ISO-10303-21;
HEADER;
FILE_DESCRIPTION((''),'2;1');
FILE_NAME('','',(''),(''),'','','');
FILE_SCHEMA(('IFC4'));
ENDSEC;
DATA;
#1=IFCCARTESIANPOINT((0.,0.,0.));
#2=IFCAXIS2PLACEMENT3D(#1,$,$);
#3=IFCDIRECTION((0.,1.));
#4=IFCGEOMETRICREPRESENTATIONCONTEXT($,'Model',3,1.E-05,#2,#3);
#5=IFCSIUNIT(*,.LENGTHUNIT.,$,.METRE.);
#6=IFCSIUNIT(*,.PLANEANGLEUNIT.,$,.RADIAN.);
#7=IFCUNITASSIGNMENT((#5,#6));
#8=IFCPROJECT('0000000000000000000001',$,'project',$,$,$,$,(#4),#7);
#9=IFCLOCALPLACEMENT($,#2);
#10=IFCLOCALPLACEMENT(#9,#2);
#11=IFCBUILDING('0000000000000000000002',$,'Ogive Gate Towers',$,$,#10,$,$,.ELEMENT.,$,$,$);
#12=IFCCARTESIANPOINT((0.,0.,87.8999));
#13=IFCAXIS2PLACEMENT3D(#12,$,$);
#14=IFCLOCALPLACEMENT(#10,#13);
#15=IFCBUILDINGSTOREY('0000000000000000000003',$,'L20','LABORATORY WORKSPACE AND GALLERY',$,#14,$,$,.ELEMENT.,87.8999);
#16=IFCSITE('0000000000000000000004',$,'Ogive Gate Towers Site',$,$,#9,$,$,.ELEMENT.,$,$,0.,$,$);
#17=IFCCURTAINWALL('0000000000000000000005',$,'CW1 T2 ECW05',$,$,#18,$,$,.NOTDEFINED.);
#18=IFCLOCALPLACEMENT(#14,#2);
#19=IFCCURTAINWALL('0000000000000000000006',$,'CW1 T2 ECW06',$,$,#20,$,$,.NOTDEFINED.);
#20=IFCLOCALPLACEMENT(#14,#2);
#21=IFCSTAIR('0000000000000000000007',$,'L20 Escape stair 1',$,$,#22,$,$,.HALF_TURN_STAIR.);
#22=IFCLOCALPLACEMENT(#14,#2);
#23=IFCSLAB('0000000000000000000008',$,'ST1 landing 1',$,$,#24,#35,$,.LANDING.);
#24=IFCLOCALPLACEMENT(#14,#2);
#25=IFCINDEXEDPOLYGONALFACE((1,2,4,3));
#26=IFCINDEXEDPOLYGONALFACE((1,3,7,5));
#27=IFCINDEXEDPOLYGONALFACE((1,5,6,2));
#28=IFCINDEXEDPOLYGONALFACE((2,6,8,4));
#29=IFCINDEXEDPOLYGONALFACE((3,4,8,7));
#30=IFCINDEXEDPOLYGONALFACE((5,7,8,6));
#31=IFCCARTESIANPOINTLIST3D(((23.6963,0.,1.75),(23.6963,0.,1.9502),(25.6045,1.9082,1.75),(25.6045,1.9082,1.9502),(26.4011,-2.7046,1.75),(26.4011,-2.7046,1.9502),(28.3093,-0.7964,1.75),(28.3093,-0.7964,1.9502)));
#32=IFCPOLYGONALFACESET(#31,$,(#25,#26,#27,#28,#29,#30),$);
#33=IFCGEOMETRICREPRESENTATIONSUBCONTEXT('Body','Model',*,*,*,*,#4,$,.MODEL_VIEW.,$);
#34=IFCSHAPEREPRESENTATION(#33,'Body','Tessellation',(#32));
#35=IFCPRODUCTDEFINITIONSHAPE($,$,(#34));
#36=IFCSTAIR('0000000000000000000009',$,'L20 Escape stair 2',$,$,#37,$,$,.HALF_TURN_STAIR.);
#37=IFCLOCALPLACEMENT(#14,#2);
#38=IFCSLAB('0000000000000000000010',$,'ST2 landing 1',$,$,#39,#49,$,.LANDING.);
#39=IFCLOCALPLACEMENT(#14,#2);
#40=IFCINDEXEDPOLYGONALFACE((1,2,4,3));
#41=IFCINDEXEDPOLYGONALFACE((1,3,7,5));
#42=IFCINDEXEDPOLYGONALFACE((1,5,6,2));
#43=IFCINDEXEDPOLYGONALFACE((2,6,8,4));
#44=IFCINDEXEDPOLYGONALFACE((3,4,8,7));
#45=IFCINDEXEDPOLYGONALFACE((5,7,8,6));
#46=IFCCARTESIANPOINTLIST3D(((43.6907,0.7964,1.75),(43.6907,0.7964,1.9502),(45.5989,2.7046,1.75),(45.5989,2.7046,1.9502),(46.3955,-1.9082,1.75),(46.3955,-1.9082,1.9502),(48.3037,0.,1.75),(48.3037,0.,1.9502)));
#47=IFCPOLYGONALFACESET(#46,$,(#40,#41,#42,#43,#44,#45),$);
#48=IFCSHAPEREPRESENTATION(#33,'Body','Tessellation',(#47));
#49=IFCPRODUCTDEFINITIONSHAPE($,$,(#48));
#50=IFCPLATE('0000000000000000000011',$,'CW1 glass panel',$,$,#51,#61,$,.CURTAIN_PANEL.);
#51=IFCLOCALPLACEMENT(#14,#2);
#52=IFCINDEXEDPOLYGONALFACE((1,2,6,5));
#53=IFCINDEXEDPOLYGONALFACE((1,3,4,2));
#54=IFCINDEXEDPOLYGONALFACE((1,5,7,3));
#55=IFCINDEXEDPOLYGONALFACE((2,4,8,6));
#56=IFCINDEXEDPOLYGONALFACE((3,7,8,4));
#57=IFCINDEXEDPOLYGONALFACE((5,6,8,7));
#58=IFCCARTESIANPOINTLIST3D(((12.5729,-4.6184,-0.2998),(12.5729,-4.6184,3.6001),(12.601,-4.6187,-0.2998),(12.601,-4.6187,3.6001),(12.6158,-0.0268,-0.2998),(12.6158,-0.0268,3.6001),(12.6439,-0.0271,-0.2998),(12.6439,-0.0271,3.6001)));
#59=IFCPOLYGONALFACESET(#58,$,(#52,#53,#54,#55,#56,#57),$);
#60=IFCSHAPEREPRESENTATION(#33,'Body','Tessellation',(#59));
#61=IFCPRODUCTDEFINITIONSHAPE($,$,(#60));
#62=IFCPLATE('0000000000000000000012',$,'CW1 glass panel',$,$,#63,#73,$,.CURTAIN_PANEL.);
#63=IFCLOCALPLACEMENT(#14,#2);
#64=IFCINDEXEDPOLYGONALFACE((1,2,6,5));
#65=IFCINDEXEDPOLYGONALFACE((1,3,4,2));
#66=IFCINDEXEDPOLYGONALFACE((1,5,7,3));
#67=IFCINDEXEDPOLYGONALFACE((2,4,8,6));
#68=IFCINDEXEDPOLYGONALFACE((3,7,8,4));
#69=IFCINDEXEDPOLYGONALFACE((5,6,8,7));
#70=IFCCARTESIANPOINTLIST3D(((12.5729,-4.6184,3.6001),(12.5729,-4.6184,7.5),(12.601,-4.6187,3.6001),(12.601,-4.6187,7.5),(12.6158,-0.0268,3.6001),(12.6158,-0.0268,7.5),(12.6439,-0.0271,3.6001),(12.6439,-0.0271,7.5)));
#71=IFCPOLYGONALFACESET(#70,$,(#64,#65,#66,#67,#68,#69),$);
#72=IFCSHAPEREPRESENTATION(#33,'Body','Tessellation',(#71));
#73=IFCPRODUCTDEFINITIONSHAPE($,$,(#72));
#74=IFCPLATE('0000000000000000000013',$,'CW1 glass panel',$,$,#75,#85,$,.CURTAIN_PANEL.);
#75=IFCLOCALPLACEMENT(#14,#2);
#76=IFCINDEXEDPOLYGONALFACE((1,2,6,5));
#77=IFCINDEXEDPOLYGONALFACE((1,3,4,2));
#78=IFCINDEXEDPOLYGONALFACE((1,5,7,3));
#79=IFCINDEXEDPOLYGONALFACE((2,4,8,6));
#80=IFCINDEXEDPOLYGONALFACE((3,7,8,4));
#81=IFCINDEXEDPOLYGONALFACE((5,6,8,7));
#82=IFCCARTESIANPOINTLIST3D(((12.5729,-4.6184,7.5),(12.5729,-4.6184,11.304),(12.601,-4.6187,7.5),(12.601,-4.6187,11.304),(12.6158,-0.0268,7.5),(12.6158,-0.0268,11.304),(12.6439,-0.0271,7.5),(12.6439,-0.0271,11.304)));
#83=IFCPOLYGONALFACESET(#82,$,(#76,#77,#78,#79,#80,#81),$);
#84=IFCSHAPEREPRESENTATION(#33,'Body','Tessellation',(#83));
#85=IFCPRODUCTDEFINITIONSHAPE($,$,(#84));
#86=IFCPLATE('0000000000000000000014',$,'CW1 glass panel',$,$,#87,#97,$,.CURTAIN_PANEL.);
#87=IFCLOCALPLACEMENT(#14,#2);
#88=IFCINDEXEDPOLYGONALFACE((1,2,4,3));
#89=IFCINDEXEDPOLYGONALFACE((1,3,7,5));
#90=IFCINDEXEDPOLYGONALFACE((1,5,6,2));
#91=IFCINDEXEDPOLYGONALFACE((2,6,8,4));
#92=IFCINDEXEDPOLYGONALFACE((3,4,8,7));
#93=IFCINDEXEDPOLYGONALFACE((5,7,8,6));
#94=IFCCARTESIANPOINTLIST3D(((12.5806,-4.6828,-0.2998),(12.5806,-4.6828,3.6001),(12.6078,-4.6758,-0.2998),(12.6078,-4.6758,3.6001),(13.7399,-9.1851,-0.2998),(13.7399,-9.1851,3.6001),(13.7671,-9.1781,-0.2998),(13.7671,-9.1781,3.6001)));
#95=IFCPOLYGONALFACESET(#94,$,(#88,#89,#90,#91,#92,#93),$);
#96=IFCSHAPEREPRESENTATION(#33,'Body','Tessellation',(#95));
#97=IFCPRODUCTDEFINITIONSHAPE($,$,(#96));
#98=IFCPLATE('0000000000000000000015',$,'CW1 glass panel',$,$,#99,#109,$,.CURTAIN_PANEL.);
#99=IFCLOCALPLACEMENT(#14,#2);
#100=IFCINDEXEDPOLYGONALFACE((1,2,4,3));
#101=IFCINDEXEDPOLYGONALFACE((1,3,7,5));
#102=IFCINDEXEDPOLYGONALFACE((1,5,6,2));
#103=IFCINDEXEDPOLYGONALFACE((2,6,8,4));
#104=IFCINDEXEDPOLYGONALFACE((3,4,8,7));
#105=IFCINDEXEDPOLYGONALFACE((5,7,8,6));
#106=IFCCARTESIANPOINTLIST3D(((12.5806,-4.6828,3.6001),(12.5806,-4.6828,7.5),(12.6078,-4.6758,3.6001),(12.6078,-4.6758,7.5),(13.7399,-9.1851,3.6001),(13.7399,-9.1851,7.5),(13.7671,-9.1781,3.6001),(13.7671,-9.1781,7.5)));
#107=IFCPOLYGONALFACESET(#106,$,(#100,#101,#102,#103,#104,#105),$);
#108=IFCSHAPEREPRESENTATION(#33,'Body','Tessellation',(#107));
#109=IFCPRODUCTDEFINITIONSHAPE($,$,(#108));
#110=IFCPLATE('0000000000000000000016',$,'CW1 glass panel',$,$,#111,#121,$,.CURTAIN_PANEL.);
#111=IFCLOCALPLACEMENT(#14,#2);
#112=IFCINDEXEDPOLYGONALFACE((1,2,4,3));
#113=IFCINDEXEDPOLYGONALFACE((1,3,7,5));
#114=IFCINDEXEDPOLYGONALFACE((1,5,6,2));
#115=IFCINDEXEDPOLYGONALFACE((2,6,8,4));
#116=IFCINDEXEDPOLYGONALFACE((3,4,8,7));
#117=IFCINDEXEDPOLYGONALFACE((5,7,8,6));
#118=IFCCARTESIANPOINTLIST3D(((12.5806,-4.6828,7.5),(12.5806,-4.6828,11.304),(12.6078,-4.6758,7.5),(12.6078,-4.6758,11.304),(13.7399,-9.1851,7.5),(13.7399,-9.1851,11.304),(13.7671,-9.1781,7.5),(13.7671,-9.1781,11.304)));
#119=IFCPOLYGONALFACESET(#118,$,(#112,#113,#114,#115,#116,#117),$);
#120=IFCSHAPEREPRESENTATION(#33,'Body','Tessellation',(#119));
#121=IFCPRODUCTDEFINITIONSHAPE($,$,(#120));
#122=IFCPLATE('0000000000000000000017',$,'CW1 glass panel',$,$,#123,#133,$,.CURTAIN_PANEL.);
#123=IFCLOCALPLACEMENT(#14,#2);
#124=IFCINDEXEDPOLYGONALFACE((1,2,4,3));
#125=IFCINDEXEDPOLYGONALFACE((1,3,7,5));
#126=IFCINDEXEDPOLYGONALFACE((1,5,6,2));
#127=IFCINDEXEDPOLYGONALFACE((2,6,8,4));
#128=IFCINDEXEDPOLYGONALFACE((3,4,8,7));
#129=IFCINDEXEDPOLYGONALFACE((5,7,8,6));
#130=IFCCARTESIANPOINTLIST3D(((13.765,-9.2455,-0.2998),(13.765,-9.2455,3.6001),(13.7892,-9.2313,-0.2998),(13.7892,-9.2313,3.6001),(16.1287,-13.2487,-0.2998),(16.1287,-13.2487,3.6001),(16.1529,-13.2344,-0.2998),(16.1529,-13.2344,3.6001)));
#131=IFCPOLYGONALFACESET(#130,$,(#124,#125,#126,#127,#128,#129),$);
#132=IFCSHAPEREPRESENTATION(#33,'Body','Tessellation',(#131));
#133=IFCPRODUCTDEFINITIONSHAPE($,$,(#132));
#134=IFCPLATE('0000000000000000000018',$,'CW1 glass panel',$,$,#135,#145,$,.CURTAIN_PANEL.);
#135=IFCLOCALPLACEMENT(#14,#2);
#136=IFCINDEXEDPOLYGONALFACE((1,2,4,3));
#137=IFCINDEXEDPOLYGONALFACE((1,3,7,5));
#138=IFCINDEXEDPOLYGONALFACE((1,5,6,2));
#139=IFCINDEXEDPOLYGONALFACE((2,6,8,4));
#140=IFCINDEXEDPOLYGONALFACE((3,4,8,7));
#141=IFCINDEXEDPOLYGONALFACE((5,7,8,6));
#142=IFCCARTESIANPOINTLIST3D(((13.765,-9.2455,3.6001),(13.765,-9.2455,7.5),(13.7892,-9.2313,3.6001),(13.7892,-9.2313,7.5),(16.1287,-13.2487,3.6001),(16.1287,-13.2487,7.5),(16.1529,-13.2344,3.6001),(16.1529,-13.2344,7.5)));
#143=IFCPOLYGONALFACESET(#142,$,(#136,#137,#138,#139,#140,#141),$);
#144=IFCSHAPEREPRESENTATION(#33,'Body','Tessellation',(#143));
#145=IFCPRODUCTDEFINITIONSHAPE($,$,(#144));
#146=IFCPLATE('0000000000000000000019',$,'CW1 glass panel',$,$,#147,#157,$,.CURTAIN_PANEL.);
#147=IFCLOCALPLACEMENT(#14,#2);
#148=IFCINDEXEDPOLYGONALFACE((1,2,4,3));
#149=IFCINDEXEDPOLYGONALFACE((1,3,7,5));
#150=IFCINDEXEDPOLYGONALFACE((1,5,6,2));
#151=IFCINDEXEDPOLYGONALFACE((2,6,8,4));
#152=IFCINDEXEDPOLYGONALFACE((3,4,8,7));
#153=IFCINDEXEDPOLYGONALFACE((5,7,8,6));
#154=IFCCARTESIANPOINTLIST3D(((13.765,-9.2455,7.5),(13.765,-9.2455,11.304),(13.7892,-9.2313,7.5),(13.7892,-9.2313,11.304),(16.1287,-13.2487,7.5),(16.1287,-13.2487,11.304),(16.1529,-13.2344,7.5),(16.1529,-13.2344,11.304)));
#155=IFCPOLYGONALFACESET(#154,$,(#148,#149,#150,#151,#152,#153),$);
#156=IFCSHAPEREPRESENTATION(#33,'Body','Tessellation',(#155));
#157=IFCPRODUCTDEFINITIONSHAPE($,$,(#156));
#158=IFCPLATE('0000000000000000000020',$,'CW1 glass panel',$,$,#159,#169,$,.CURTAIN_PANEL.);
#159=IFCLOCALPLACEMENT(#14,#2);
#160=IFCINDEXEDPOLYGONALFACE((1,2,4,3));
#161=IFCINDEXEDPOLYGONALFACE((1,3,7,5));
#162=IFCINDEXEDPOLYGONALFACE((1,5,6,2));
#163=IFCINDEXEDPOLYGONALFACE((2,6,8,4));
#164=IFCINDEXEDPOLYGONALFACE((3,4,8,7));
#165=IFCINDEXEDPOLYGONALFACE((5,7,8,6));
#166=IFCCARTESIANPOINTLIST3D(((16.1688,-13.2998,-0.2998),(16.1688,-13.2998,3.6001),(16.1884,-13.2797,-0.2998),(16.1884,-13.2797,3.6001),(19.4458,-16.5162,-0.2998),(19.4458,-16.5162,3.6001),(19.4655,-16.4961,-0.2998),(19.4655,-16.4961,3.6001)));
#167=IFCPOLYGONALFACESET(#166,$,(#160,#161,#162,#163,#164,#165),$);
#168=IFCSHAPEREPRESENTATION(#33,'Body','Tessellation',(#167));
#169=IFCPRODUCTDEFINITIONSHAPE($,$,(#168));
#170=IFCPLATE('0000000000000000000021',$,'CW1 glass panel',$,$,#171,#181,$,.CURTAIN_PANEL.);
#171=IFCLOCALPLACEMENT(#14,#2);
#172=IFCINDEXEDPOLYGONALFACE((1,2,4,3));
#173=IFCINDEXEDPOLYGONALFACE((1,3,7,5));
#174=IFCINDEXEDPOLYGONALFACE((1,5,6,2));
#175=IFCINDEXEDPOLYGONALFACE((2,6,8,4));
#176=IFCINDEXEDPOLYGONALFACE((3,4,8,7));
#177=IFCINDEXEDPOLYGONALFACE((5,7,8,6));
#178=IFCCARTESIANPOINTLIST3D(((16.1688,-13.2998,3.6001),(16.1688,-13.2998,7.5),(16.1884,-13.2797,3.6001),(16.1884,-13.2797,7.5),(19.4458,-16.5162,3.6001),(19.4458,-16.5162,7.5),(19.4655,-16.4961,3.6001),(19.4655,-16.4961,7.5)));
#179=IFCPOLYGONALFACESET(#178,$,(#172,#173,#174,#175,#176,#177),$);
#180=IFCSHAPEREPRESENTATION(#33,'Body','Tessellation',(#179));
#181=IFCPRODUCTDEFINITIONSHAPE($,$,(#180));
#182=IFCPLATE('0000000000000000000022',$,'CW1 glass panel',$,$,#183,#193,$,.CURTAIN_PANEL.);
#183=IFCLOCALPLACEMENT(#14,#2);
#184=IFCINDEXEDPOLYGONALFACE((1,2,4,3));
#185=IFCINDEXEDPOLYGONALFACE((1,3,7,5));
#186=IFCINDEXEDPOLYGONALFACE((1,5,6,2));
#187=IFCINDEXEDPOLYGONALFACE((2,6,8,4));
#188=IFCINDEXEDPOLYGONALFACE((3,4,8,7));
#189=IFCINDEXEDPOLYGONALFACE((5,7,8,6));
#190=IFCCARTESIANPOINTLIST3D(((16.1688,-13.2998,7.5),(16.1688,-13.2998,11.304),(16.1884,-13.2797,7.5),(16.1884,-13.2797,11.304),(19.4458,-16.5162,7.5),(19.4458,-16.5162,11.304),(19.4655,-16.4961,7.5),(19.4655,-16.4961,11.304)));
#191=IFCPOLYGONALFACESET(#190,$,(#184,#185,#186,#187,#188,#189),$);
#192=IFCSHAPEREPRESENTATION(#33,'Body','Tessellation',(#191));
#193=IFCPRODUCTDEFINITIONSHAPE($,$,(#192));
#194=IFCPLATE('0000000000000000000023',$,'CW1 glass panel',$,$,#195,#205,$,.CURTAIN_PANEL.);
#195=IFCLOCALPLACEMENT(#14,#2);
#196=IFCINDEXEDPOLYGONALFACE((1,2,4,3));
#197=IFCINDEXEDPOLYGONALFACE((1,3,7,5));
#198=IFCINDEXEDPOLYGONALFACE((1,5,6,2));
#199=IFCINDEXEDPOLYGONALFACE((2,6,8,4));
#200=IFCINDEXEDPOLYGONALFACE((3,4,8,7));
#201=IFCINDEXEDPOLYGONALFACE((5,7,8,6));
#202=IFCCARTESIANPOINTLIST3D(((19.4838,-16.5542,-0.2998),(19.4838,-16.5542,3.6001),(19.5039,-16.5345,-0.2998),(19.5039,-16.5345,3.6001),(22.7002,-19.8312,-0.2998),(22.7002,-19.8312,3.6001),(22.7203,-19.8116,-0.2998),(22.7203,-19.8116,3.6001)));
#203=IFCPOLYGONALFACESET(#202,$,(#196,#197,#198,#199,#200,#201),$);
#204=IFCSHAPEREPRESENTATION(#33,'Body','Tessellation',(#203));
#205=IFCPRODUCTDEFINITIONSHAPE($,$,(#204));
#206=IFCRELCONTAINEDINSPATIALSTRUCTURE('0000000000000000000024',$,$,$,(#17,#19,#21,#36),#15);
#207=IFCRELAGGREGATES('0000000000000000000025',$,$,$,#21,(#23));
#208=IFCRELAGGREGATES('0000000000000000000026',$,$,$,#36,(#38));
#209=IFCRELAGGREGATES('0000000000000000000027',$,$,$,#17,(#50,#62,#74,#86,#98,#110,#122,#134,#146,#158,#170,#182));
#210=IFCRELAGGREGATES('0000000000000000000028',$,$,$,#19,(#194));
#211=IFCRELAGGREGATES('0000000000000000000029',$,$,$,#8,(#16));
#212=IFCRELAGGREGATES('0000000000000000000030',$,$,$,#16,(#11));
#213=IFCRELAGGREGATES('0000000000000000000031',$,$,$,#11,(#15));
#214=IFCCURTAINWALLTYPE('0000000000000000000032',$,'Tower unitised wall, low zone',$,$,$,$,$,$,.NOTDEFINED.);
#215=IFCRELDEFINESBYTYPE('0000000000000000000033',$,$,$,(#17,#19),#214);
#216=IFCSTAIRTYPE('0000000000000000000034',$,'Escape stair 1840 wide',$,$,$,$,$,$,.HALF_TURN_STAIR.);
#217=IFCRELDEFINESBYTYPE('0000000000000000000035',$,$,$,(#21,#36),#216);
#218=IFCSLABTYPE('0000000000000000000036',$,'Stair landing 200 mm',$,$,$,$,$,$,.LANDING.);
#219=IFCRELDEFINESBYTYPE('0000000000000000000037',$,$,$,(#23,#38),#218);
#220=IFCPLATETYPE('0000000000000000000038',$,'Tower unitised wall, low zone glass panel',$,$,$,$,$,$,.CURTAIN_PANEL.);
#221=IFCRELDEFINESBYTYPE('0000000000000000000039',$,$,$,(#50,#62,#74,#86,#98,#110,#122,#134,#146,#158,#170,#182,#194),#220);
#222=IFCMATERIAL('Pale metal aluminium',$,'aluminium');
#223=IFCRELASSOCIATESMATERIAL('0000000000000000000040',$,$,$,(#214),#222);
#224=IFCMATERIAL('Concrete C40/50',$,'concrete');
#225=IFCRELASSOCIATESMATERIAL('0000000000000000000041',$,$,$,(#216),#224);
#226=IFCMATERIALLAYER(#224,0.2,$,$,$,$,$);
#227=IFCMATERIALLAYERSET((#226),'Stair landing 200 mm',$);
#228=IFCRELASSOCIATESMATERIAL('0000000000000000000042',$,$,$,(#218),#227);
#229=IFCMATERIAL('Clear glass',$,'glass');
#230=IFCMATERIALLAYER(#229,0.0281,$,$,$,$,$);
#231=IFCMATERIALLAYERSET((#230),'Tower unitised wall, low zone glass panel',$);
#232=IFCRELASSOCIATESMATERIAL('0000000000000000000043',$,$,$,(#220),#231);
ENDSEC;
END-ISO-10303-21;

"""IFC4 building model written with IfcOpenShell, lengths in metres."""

from ifc_helpers import new_model, si_unit, direction, frame, origin, origin_2d, place, context, subcontext, project, spatial, polyline, rectangle, outline, extrude, material, layer, layer_set, type_object, element, aggregate, save


model = new_model("IFC4")

# Units and contexts
model_context = context("Model", 3, precision=1e-05, world=origin(), true_north=direction((0.0, 1.0)))
body_context = subcontext(model_context, "Body", "Model", "MODEL_VIEW")
ifc_project = project(units=[si_unit("LENGTHUNIT", "METRE"), si_unit("PLANEANGLEUNIT", "RADIAN")], contexts=[model_context])

# Site, building, storey
site_placement = place(None, origin())
site = spatial("IfcSite", under=ifc_project, at=site_placement, Name="Ogive Gate Towers Site", CompositionType="ELEMENT", RefElevation=0.0)
building_placement = place(site_placement, origin())
building = spatial("IfcBuilding", under=site, at=building_placement, Name="Ogive Gate Towers", CompositionType="ELEMENT")
storey_placement = place(building_placement, frame((0.0, 0.0, 87.8999)))
storey = spatial("IfcBuildingStorey", under=building, at=storey_placement, Name="L20", Description="LABORATORY WORKSPACE AND GALLERY", CompositionType="ELEMENT", Elevation=87.8999)

# Curtain wall
ifc_material_1 = material(Name="Pale metal aluminium", Category="aluminium")
curtain_wall_type = type_object("IfcCurtainWallType", Name="Tower unitised wall, low zone", PredefinedType="NOTDEFINED", material=ifc_material_1)
curtain_wall_1_placement = place(storey_placement, origin())
curtain_wall_1 = element("IfcCurtainWall", 1, at=curtain_wall_1_placement, inside=storey, type_object=curtain_wall_type, Name="CW1 T2 ECW05", PredefinedType="NOTDEFINED")

# Curtain wall
curtain_wall_2_placement = place(storey_placement, origin())
curtain_wall_2 = element("IfcCurtainWall", 2, at=curtain_wall_2_placement, inside=storey, type_object=curtain_wall_type, Name="CW1 T2 ECW06", PredefinedType="NOTDEFINED")

# Stairs, slabs
ifc_material_2 = material(Name="Concrete C40/50", Category="concrete")
stair_type = type_object("IfcStairType", Name="Escape stair 1840 wide", PredefinedType="HALF_TURN_STAIR", material=ifc_material_2)
ifc_layer_1 = layer(ifc_material_2, 0.2)
ifc_layer_set_1 = layer_set([ifc_layer_1], Name="Stair landing 200 mm")
slab_type = type_object("IfcSlabType", Name="Stair landing 200 mm", PredefinedType="LANDING", material=ifc_layer_set_1)
stair_1_placement = place(storey_placement, origin())
stair_1 = element("IfcStair", 3, at=stair_1_placement, inside=storey, type_object=stair_type, Name="L20 Escape stair 1", PredefinedType="HALF_TURN_STAIR")
slab_1_placement = place(storey_placement, frame((0.0, 0.0, 1.75)))
slab_1 = element("IfcSlab", 4, at=slab_1_placement, type_object=slab_type, Name="ST1 landing 1", PredefinedType="LANDING", context=body_context, shape_type="SweptSolid", body=[
    extrude(outline(polyline([(25.6045, 1.9082), (23.6963, 0.0), (26.4011, -2.7046), (28.3093, -0.7964), (25.6045, 1.9082)])), origin(), (0.0, 0.0, 1.0), 0.2002),
])
aggregate(stair_1, [slab_1])
stair_2_placement = place(storey_placement, origin())
stair_2 = element("IfcStair", 5, at=stair_2_placement, inside=storey, type_object=stair_type, Name="L20 Escape stair 2", PredefinedType="HALF_TURN_STAIR")
slab_2_placement = place(storey_placement, frame((0.0, 0.0, 1.75)))
slab_2 = element("IfcSlab", 6, at=slab_2_placement, type_object=slab_type, Name="ST2 landing 1", PredefinedType="LANDING", context=body_context, shape_type="SweptSolid", body=[
    extrude(outline(polyline([(46.3955, -1.9082), (48.3037, 0.0), (45.5989, 2.7046), (43.6907, 0.7964), (46.3955, -1.9082)])), origin(), (0.0, 0.0, 1.0), 0.2002),
])
aggregate(stair_2, [slab_2])

# Plates
ifc_material_3 = material(Name="Clear glass", Category="glass")
ifc_layer_2 = layer(ifc_material_3, 0.0281)
ifc_layer_set_2 = layer_set([ifc_layer_2], Name="Tower unitised wall, low zone glass panel")
plate_type = type_object("IfcPlateType", Name="Tower unitised wall, low zone glass panel", PredefinedType="CURTAIN_PANEL", material=ifc_layer_set_2)
plate_1_placement = place(storey_placement, frame((12.6084, -2.3228, -0.2998), z_axis=(0.0, 0.0, 1.0), x_axis=(-0.009337, -0.999956, 0.0)))
plate_1 = element("IfcPlate", 7, at=plate_1_placement, type_object=plate_type, Name="CW1 glass panel", PredefinedType="CURTAIN_PANEL", context=body_context, shape_type="SweptSolid", body=[
    extrude(rectangle(XDim=4.5918, YDim=0.0281, at=origin_2d()), origin(), (0.0, 0.0, 1.0), 3.8999),
])
plate_2_placement = place(storey_placement, frame((12.6084, -2.3228, 3.6001), z_axis=(0.0, 0.0, 1.0), x_axis=(-0.009337, -0.999956, 0.0)))
plate_2 = element("IfcPlate", 8, at=plate_2_placement, type_object=plate_type, Name="CW1 glass panel", PredefinedType="CURTAIN_PANEL", context=body_context, shape_type="SweptSolid", body=[
    extrude(rectangle(XDim=4.5918, YDim=0.0281, at=origin_2d()), origin(), (0.0, 0.0, 1.0), 3.8999),
])
plate_3_placement = place(storey_placement, frame((12.6084, -2.3228, 7.5), z_axis=(0.0, 0.0, 1.0), x_axis=(-0.009337, -0.999956, 0.0)))
plate_3 = element("IfcPlate", 9, at=plate_3_placement, type_object=plate_type, Name="CW1 glass panel", PredefinedType="CURTAIN_PANEL", context=body_context, shape_type="SweptSolid", body=[
    extrude(rectangle(XDim=4.5918, YDim=0.0281, at=origin_2d()), origin(), (0.0, 0.0, 1.0), 3.804),
])
plate_4_placement = place(storey_placement, frame((13.1738, -6.9304, -0.2998), z_axis=(0.0, 0.0, 1.0), x_axis=(0.249349, -0.968414, 0.0)))
plate_4 = element("IfcPlate", 10, at=plate_4_placement, type_object=plate_type, Name="CW1 glass panel", PredefinedType="CURTAIN_PANEL", context=body_context, shape_type="SweptSolid", body=[
    extrude(rectangle(XDim=4.6492, YDim=0.0281, at=origin_2d()), origin(), (0.0, 0.0, 1.0), 3.8999),
])
plate_5_placement = place(storey_placement, frame((13.1738, -6.9304, 3.6001), z_axis=(0.0, 0.0, 1.0), x_axis=(0.249349, -0.968414, 0.0)))
plate_5 = element("IfcPlate", 11, at=plate_5_placement, type_object=plate_type, Name="CW1 glass panel", PredefinedType="CURTAIN_PANEL", context=body_context, shape_type="SweptSolid", body=[
    extrude(rectangle(XDim=4.6492, YDim=0.0281, at=origin_2d()), origin(), (0.0, 0.0, 1.0), 3.8999),
])
plate_6_placement = place(storey_placement, frame((13.1738, -6.9304, 7.5), z_axis=(0.0, 0.0, 1.0), x_axis=(0.249349, -0.968414, 0.0)))
plate_6 = element("IfcPlate", 12, at=plate_6_placement, type_object=plate_type, Name="CW1 glass panel", PredefinedType="CURTAIN_PANEL", context=body_context, shape_type="SweptSolid", body=[
    extrude(rectangle(XDim=4.6492, YDim=0.0281, at=origin_2d()), origin(), (0.0, 0.0, 1.0), 3.804),
])
plate_7_placement = place(storey_placement, frame((14.959, -11.24, -0.2998), z_axis=(0.0, 0.0, 1.0), x_axis=(0.50844, -0.861097, 0.0)))
plate_7 = element("IfcPlate", 13, at=plate_7_placement, type_object=plate_type, Name="CW1 glass panel", PredefinedType="CURTAIN_PANEL", context=body_context, shape_type="SweptSolid", body=[
    extrude(rectangle(XDim=4.6489, YDim=0.0281, at=origin_2d()), origin(), (0.0, 0.0, 1.0), 3.8999),
])
plate_8_placement = place(storey_placement, frame((14.959, -11.24, 3.6001), z_axis=(0.0, 0.0, 1.0), x_axis=(0.50844, -0.861097, 0.0)))
plate_8 = element("IfcPlate", 14, at=plate_8_placement, type_object=plate_type, Name="CW1 glass panel", PredefinedType="CURTAIN_PANEL", context=body_context, shape_type="SweptSolid", body=[
    extrude(rectangle(XDim=4.6489, YDim=0.0281, at=origin_2d()), origin(), (0.0, 0.0, 1.0), 3.8999),
])
plate_9_placement = place(storey_placement, frame((14.959, -11.24, 7.5), z_axis=(0.0, 0.0, 1.0), x_axis=(0.50844, -0.861097, 0.0)))
plate_9 = element("IfcPlate", 15, at=plate_9_placement, type_object=plate_type, Name="CW1 glass panel", PredefinedType="CURTAIN_PANEL", context=body_context, shape_type="SweptSolid", body=[
    extrude(rectangle(XDim=4.6489, YDim=0.0281, at=origin_2d()), origin(), (0.0, 0.0, 1.0), 3.804),
])
plate_10_placement = place(storey_placement, frame((17.8171, -14.8979, -0.2998), z_axis=(0.0, 0.0, 1.0), x_axis=(0.713678, -0.700473, 0.0)))
plate_10 = element("IfcPlate", 16, at=plate_10_placement, type_object=plate_type, Name="CW1 glass panel", PredefinedType="CURTAIN_PANEL", context=body_context, shape_type="SweptSolid", body=[
    extrude(rectangle(XDim=4.5918, YDim=0.0281, at=origin_2d()), origin(), (0.0, 0.0, 1.0), 3.8999),
])
plate_11_placement = place(storey_placement, frame((17.8171, -14.8979, 3.6001), z_axis=(0.0, 0.0, 1.0), x_axis=(0.713678, -0.700473, 0.0)))
plate_11 = element("IfcPlate", 17, at=plate_11_placement, type_object=plate_type, Name="CW1 glass panel", PredefinedType="CURTAIN_PANEL", context=body_context, shape_type="SweptSolid", body=[
    extrude(rectangle(XDim=4.5918, YDim=0.0281, at=origin_2d()), origin(), (0.0, 0.0, 1.0), 3.8999),
])
plate_12_placement = place(storey_placement, frame((17.8171, -14.8979, 7.5), z_axis=(0.0, 0.0, 1.0), x_axis=(0.713678, -0.700473, 0.0)))
plate_12 = element("IfcPlate", 18, at=plate_12_placement, type_object=plate_type, Name="CW1 glass panel", PredefinedType="CURTAIN_PANEL", context=body_context, shape_type="SweptSolid", body=[
    extrude(rectangle(XDim=4.5918, YDim=0.0281, at=origin_2d()), origin(), (0.0, 0.0, 1.0), 3.804),
])
aggregate(curtain_wall_1, [plate_1, plate_2, plate_3, plate_4, plate_5, plate_6, plate_7, plate_8, plate_9, plate_10, plate_11, plate_12])
plate_13_placement = place(storey_placement, frame((21.1021, -18.1829, -0.2998), z_axis=(0.0, 0.0, 1.0), x_axis=(0.700473, -0.713678, 0.0)))
plate_13 = element("IfcPlate", 19, at=plate_13_placement, type_object=plate_type, Name="CW1 glass panel", PredefinedType="CURTAIN_PANEL", context=body_context, shape_type="SweptSolid", body=[
    extrude(rectangle(XDim=4.5918, YDim=0.0281, at=origin_2d()), origin(), (0.0, 0.0, 1.0), 3.8999),
])
aggregate(curtain_wall_2, [plate_13])

save(model, "model.ifc")
